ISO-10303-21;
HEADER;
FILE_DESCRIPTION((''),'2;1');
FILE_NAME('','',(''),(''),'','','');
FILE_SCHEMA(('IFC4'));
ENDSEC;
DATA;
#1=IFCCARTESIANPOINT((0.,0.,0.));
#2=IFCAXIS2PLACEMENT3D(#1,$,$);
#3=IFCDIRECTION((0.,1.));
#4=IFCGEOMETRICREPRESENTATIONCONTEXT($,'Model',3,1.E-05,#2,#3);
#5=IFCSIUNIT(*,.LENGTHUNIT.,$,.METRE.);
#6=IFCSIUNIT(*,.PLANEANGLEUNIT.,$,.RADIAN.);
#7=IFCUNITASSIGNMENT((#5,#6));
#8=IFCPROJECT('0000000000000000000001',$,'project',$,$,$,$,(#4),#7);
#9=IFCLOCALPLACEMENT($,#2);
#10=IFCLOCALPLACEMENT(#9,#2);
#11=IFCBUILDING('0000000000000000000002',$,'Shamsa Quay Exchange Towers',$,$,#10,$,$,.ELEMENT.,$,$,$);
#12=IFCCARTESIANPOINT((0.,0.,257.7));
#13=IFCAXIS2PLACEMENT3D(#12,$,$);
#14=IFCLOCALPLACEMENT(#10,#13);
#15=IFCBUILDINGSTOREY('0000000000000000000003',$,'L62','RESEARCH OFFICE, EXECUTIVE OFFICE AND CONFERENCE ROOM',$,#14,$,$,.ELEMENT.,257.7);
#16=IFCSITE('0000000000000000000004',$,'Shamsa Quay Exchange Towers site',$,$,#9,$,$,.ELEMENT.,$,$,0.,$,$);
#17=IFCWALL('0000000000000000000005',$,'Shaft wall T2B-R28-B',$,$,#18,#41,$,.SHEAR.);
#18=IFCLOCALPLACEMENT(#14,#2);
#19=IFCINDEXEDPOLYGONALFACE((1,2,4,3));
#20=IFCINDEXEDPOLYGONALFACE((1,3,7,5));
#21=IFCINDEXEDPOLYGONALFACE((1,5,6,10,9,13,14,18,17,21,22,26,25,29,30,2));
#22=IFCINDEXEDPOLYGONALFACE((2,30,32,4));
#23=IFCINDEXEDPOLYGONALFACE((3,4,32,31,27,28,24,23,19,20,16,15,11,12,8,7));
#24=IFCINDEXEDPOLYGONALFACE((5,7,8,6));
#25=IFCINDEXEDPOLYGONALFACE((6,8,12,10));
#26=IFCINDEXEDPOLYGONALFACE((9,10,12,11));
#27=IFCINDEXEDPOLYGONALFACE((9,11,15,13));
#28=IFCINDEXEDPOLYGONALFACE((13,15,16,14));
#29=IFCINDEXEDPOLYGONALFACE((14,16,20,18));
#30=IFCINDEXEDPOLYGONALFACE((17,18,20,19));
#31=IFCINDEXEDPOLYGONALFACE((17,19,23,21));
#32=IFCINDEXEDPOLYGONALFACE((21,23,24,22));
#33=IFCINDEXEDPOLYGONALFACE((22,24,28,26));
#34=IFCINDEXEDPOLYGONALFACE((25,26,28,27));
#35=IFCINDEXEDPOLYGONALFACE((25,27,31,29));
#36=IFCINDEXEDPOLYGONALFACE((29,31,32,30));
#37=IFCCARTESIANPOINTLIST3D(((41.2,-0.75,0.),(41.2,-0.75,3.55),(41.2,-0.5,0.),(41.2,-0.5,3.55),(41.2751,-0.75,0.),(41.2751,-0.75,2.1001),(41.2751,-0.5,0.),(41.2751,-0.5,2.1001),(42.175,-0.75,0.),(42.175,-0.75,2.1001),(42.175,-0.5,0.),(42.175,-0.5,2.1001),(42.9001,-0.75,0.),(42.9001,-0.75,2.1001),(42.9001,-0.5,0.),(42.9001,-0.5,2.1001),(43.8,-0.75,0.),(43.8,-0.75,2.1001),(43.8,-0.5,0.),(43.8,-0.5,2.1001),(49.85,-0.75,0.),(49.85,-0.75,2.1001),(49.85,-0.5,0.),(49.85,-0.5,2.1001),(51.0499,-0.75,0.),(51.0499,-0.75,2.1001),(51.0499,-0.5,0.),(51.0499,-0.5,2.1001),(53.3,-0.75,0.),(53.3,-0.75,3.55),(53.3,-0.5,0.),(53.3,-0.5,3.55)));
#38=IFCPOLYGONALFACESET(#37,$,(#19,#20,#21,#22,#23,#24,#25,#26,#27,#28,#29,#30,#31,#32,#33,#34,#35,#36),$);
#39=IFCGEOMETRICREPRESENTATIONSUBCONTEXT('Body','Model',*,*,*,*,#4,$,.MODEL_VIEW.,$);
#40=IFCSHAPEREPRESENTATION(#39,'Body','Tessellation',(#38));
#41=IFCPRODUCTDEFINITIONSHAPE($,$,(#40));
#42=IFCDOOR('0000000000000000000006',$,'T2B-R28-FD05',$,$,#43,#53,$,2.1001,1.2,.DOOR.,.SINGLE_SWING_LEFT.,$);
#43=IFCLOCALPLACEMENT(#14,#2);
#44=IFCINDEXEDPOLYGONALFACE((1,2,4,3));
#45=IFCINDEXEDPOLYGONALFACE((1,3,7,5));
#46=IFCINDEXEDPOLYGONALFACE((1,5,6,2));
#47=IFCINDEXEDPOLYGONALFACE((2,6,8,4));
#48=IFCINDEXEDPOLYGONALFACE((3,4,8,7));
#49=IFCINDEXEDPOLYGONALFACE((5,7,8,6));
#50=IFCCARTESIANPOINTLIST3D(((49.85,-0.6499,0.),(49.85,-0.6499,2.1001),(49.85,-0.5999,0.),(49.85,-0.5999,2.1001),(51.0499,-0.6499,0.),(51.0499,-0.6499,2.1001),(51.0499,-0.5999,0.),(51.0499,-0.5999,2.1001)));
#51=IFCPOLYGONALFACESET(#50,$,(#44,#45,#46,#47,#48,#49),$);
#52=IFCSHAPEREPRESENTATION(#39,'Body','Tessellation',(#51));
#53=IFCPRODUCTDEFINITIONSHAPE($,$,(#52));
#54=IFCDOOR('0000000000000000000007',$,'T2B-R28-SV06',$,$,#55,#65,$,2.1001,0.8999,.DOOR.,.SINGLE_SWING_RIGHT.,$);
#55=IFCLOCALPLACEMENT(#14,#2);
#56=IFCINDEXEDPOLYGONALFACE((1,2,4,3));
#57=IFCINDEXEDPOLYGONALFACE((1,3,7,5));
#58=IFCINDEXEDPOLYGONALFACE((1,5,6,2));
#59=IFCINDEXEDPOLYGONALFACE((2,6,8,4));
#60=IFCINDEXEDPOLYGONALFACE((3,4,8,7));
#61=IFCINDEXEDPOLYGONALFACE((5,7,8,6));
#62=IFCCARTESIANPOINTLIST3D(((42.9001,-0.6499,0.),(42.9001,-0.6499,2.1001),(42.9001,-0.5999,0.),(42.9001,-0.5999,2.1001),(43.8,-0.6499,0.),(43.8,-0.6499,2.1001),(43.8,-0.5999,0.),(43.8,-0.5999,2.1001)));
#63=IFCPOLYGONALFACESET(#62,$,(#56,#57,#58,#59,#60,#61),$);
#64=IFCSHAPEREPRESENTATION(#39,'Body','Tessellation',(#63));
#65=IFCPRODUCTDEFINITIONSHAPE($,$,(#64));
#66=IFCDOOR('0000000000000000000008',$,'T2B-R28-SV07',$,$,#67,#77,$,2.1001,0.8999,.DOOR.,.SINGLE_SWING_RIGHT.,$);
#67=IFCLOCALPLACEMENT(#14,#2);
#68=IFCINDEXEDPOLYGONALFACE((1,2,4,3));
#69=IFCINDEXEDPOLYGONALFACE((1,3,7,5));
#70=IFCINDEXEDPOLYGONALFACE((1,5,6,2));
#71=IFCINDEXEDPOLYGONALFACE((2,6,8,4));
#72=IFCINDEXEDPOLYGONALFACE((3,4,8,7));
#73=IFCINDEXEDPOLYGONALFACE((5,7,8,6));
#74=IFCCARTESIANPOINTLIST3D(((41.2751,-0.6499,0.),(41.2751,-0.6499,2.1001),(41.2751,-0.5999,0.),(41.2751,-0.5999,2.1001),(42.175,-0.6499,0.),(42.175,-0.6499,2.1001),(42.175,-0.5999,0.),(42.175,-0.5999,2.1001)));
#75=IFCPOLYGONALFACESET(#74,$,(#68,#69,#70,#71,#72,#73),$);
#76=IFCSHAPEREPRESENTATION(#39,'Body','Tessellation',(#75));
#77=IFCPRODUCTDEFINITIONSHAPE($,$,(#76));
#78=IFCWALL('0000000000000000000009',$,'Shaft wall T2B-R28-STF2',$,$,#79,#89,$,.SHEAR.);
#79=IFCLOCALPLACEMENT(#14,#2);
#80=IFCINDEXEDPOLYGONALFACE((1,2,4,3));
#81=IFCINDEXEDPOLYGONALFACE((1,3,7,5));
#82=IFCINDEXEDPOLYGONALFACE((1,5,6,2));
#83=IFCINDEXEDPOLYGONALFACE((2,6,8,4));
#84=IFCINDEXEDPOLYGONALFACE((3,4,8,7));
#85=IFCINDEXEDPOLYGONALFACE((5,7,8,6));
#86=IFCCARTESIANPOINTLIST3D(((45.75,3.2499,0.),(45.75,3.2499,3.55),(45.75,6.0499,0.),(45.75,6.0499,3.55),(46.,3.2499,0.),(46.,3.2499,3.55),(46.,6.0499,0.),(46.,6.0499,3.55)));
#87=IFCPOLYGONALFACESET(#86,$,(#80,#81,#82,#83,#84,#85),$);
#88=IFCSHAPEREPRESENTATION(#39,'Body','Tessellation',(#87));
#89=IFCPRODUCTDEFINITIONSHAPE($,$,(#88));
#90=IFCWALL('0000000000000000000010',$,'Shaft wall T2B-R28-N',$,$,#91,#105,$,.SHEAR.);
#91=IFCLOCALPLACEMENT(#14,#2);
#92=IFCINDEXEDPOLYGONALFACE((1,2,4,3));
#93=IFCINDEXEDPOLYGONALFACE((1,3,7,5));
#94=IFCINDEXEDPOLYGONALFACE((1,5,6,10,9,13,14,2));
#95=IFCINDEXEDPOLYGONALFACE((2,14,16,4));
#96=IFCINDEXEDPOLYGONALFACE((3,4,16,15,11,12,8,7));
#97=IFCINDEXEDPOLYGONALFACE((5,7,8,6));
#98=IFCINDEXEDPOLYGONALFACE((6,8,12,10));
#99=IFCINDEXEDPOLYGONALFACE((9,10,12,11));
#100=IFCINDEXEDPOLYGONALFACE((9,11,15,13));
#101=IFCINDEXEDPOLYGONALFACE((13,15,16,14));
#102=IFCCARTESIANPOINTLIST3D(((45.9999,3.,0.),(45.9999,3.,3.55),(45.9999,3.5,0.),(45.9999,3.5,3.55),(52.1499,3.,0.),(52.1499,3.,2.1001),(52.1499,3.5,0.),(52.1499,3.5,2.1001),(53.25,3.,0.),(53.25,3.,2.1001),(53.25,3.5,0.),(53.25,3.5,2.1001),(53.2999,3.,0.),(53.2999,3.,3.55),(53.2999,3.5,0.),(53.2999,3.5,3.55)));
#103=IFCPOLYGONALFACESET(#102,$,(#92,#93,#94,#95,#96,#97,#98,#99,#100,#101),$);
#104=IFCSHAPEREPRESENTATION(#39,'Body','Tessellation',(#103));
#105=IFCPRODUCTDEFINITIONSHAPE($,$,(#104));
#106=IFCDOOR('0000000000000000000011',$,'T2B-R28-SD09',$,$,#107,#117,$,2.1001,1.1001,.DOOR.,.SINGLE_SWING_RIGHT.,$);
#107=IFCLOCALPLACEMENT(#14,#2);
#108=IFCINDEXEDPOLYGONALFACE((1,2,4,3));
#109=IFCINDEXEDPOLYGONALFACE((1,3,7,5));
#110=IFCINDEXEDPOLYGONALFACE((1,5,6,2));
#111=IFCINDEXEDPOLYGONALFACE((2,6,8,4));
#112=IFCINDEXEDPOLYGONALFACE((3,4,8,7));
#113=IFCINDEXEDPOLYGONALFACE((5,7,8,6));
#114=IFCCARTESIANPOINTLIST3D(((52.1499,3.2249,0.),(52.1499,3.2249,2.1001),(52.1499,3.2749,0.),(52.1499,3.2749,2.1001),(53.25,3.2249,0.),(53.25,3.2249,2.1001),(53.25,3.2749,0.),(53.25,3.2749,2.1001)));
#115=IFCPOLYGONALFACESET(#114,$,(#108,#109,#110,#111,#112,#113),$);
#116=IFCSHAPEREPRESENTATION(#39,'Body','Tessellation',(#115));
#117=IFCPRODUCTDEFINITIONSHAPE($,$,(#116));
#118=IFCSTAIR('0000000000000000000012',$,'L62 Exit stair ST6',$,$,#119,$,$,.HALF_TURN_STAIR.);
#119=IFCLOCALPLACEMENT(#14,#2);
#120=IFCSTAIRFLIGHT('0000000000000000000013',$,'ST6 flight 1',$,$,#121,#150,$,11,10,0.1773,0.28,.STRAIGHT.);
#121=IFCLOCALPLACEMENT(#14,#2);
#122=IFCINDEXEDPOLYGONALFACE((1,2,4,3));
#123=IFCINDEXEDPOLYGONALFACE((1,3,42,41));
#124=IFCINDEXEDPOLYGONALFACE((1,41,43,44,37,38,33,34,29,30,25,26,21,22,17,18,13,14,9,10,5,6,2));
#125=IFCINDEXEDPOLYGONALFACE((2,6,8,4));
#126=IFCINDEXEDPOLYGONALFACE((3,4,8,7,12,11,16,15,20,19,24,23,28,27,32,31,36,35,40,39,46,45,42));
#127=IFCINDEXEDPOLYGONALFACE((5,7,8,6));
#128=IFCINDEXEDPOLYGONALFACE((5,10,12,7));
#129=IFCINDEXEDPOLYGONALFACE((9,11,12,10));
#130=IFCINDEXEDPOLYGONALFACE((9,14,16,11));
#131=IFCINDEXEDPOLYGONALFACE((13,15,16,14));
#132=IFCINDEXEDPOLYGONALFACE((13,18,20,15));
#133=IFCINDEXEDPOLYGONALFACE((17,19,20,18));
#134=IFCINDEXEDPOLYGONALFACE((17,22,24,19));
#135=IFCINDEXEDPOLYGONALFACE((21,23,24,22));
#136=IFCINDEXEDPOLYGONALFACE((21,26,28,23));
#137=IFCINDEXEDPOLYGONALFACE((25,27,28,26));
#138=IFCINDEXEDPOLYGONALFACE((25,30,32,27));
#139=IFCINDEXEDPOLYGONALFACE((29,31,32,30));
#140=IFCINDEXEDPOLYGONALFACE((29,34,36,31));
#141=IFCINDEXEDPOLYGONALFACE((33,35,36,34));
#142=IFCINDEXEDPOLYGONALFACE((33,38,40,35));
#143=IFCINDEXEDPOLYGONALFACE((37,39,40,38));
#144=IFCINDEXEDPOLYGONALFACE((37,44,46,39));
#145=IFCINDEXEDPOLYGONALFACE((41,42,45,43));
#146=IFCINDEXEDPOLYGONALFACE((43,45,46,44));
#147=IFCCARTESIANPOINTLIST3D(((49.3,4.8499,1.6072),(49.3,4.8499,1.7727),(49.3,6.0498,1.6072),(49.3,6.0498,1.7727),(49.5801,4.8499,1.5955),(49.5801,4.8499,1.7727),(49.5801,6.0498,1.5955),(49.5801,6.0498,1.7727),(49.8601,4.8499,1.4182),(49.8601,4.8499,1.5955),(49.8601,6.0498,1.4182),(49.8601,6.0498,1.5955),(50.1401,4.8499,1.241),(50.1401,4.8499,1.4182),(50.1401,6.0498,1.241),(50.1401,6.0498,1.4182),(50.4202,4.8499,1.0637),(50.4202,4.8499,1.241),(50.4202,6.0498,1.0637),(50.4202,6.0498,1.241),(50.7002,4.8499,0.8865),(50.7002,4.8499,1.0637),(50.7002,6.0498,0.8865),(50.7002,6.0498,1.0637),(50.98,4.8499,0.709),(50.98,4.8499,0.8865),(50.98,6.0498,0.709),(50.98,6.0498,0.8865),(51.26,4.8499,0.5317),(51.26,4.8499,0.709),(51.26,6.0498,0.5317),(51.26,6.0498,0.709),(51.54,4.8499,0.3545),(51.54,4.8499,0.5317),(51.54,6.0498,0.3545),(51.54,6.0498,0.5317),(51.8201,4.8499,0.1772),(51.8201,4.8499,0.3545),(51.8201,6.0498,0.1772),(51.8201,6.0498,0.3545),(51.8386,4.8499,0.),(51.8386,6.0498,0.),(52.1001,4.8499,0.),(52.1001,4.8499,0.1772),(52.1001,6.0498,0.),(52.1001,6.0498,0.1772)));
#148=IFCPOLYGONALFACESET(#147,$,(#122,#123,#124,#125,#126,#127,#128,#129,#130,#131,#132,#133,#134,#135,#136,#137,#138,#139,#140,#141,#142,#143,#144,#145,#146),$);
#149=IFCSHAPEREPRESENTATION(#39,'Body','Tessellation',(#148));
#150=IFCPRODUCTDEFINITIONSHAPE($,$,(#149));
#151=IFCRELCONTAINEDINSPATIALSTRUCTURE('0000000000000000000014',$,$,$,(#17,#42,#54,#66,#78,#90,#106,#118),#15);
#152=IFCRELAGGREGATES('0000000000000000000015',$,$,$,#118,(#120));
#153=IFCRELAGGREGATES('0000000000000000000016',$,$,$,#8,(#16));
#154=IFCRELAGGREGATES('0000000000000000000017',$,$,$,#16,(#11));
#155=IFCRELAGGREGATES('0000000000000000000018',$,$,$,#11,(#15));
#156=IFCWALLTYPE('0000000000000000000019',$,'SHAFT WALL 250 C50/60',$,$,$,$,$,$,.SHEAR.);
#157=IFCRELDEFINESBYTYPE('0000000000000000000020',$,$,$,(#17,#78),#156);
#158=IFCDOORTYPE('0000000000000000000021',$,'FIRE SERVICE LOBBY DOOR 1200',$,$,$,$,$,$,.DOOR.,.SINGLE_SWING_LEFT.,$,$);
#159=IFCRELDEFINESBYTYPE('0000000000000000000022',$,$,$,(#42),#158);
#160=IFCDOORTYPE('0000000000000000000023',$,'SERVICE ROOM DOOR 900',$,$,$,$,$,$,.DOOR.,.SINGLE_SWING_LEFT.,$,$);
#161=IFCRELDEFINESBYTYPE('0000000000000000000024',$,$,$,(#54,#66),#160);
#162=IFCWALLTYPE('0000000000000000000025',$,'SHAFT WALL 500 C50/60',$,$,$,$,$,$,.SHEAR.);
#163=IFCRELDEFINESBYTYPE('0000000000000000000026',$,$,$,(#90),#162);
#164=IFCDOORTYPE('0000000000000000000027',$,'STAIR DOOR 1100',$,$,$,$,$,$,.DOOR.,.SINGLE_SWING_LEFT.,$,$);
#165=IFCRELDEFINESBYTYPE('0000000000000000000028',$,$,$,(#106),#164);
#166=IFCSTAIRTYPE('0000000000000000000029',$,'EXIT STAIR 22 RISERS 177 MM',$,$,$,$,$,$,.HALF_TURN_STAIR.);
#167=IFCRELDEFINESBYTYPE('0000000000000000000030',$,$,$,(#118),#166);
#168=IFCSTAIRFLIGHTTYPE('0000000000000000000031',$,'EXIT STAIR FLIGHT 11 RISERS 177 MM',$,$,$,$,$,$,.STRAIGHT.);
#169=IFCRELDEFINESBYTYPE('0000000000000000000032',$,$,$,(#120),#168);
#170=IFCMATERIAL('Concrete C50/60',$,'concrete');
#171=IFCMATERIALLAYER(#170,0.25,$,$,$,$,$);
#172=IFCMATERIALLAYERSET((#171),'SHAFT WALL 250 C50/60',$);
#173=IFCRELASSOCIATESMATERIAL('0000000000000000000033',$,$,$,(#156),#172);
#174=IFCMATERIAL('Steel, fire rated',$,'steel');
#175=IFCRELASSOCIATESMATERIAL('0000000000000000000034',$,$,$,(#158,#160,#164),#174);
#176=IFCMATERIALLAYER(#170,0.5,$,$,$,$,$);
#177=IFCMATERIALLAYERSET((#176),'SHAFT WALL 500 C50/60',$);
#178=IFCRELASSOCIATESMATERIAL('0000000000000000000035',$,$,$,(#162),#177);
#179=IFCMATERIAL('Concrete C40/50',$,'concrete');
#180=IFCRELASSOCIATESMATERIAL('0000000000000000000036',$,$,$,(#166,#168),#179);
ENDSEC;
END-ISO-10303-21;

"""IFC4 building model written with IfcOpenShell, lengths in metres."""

from ifc_helpers import new_model, si_unit, direction, frame, frame_2d, origin, place, context, subcontext, project, spatial, polyline, rectangle, outline, extrude, material, layer, layer_set, type_object, element, fill, aggregate, save


model = new_model("IFC4")

# Units and contexts
model_context = context("Model", 3, precision=1e-05, world=origin(), true_north=direction((0.0, 1.0)))
body_context = subcontext(model_context, "Body", "Model", "MODEL_VIEW")
ifc_project = project(units=[si_unit("LENGTHUNIT", "METRE"), si_unit("PLANEANGLEUNIT", "RADIAN")], contexts=[model_context])

# Site, building, storey
site_placement = place(None, origin())
site = spatial("IfcSite", under=ifc_project, at=site_placement, Name="Shamsa Quay Exchange Towers site", CompositionType="ELEMENT", RefElevation=0.0)
building_placement = place(site_placement, origin())
building = spatial("IfcBuilding", under=site, at=building_placement, Name="Shamsa Quay Exchange Towers", CompositionType="ELEMENT")
storey_placement = place(building_placement, frame((0.0, 0.0, 257.7)))
storey = spatial("IfcBuildingStorey", under=building, at=storey_placement, Name="L62", Description="RESEARCH OFFICE, EXECUTIVE OFFICE AND CONFERENCE ROOM", CompositionType="ELEMENT", Elevation=257.7)

# Wall, openings, doors
ifc_material_1 = material(Name="Concrete C50/60", Category="concrete")
ifc_layer_1 = layer(ifc_material_1, 0.25)
ifc_layer_set_1 = layer_set([ifc_layer_1], Name="SHAFT WALL 250 C50/60")
wall_type_1 = type_object("IfcWallType", Name="SHAFT WALL 250 C50/60", PredefinedType="SHEAR", material=ifc_layer_set_1)
wall_1_placement = place(storey_placement, frame((53.3, -0.625, 0.0), z_axis=(0.0, 0.0, 1.0), x_axis=(-1.0, 0.0, 0.0)))
wall_1 = element("IfcWall", 1, at=wall_1_placement, inside=storey, type_object=wall_type_1, Name="Shaft wall T2B-R28-B", PredefinedType="SHEAR", context=body_context, shape_type="SweptSolid", body=[
    extrude(rectangle(XDim=12.1001, YDim=0.25, at=frame_2d((6.05, 0.0))), origin(), (0.0, 0.0, 1.0), 3.55),
])
opening_1_placement = place(wall_1_placement, frame((2.25, 0.0, 0.0)))
opening_1 = element("IfcOpeningElement", 2, at=opening_1_placement, cuts=wall_1, PredefinedType="OPENING", context=body_context, shape_type="SweptSolid", body=[
    extrude(rectangle(XDim=1.2, YDim=2.1001, at=frame_2d((0.6001, 1.05))), frame((0.0, 0.135, 0.0), z_axis=(0.0, -1.0, 0.0), x_axis=(1.0, 0.0, 0.0)), (0.0, 0.0, 1.0), 0.27),
])
opening_2_placement = place(wall_1_placement, frame((9.5, 0.0, 0.0)))
opening_2 = element("IfcOpeningElement", 3, at=opening_2_placement, cuts=wall_1, PredefinedType="OPENING", context=body_context, shape_type="SweptSolid", body=[
    extrude(rectangle(XDim=0.8999, YDim=2.1001, at=frame_2d((0.45, 1.05))), frame((0.0, 0.135, 0.0), z_axis=(0.0, -1.0, 0.0), x_axis=(1.0, 0.0, 0.0)), (0.0, 0.0, 1.0), 0.27),
])
opening_3_placement = place(wall_1_placement, frame((11.125, 0.0, 0.0)))
opening_3 = element("IfcOpeningElement", 4, at=opening_3_placement, cuts=wall_1, PredefinedType="OPENING", context=body_context, shape_type="SweptSolid", body=[
    extrude(rectangle(XDim=0.8999, YDim=2.1001, at=frame_2d((0.45, 1.05))), frame((0.0, 0.135, 0.0), z_axis=(0.0, -1.0, 0.0), x_axis=(1.0, 0.0, 0.0)), (0.0, 0.0, 1.0), 0.27),
])
ifc_material_2 = material(Name="Steel, fire rated", Category="steel")
door_type_1 = type_object("IfcDoorType", Name="FIRE SERVICE LOBBY DOOR 1200", OperationType="SINGLE_SWING_LEFT", PredefinedType="DOOR", material=ifc_material_2)
door_1_placement = place(opening_1_placement, origin())
door_1 = element("IfcDoor", 5, at=door_1_placement, inside=storey, type_object=door_type_1, Name="T2B-R28-FD05", OperationType="SINGLE_SWING_LEFT", OverallHeight=2.1001, OverallWidth=1.2, PredefinedType="DOOR", context=body_context, shape_type="SweptSolid", body=[
    extrude(rectangle(XDim=1.2, YDim=2.1001, at=frame_2d((0.6001, 1.05))), frame((0.0, 0.0249, 0.0), z_axis=(0.0, -1.0, 0.0), x_axis=(1.0, 0.0, 0.0)), (0.0, 0.0, 1.0), 0.05),
])
fill(opening_1, door_1)
door_type_2 = type_object("IfcDoorType", Name="SERVICE ROOM DOOR 900", OperationType="SINGLE_SWING_LEFT", PredefinedType="DOOR", material=ifc_material_2)
door_2_placement = place(opening_2_placement, origin())
door_2 = element("IfcDoor", 6, at=door_2_placement, inside=storey, type_object=door_type_2, Name="T2B-R28-SV06", OperationType="SINGLE_SWING_RIGHT", OverallHeight=2.1001, OverallWidth=0.8999, PredefinedType="DOOR", context=body_context, shape_type="SweptSolid", body=[
    extrude(rectangle(XDim=0.8999, YDim=2.1001, at=frame_2d((0.45, 1.05))), frame((0.0, 0.0249, 0.0), z_axis=(0.0, -1.0, 0.0), x_axis=(1.0, 0.0, 0.0)), (0.0, 0.0, 1.0), 0.05),
])
fill(opening_2, door_2)
door_3_placement = place(opening_3_placement, origin())
door_3 = element("IfcDoor", 7, at=door_3_placement, inside=storey, type_object=door_type_2, Name="T2B-R28-SV07", OperationType="SINGLE_SWING_RIGHT", OverallHeight=2.1001, OverallWidth=0.8999, PredefinedType="DOOR", context=body_context, shape_type="SweptSolid", body=[
    extrude(rectangle(XDim=0.8999, YDim=2.1001, at=frame_2d((0.45, 1.05))), frame((0.0, 0.0249, 0.0), z_axis=(0.0, -1.0, 0.0), x_axis=(1.0, 0.0, 0.0)), (0.0, 0.0, 1.0), 0.05),
])
fill(opening_3, door_3)

# Wall
wall_2_placement = place(storey_placement, frame((45.875, 3.25, 0.0), z_axis=(0.0, 0.0, 1.0), x_axis=(0.0, 1.0, 0.0)))
element("IfcWall", 8, at=wall_2_placement, inside=storey, type_object=wall_type_1, Name="Shaft wall T2B-R28-STF2", PredefinedType="SHEAR", context=body_context, shape_type="SweptSolid", body=[
    extrude(rectangle(XDim=2.8, YDim=0.25, at=frame_2d((1.3999, 0.0))), origin(), (0.0, 0.0, 1.0), 3.55),
])

# Wall, opening, door
ifc_layer_2 = layer(ifc_material_1, 0.5)
ifc_layer_set_2 = layer_set([ifc_layer_2], Name="SHAFT WALL 500 C50/60")
wall_type_2 = type_object("IfcWallType", Name="SHAFT WALL 500 C50/60", PredefinedType="SHEAR", material=ifc_layer_set_2)
wall_3_placement = place(storey_placement, frame((46.0, 3.25, 0.0)))
wall_3 = element("IfcWall", 9, at=wall_3_placement, inside=storey, type_object=wall_type_2, Name="Shaft wall T2B-R28-N", PredefinedType="SHEAR", context=body_context, shape_type="SweptSolid", body=[
    extrude(rectangle(XDim=7.3, YDim=0.5, at=frame_2d((3.6499, 0.0))), origin(), (0.0, 0.0, 1.0), 3.55),
])
opening_4_placement = place(wall_3_placement, frame((6.1499, 0.0, 0.0)))
opening_4 = element("IfcOpeningElement", 10, at=opening_4_placement, cuts=wall_3, PredefinedType="OPENING", context=body_context, shape_type="SweptSolid", body=[
    extrude(rectangle(XDim=1.1001, YDim=2.1001, at=frame_2d((0.55, 1.05))), frame((0.0, 0.26, 0.0), z_axis=(0.0, -1.0, 0.0), x_axis=(1.0, 0.0, 0.0)), (0.0, 0.0, 1.0), 0.52),
])
door_type_3 = type_object("IfcDoorType", Name="STAIR DOOR 1100", OperationType="SINGLE_SWING_LEFT", PredefinedType="DOOR", material=ifc_material_2)
door_4_placement = place(opening_4_placement, origin())
door_4 = element("IfcDoor", 11, at=door_4_placement, inside=storey, type_object=door_type_3, Name="T2B-R28-SD09", OperationType="SINGLE_SWING_RIGHT", OverallHeight=2.1001, OverallWidth=1.1001, PredefinedType="DOOR", context=body_context, shape_type="SweptSolid", body=[
    extrude(rectangle(XDim=1.1001, YDim=2.1001, at=frame_2d((0.55, 1.05))), frame((0.0, 0.0249, 0.0), z_axis=(0.0, -1.0, 0.0), x_axis=(1.0, 0.0, 0.0)), (0.0, 0.0, 1.0), 0.05),
])
fill(opening_4, door_4)

# Stair, stair flight
ifc_material_3 = material(Name="Concrete C40/50", Category="concrete")
stair_type = type_object("IfcStairType", Name="EXIT STAIR 22 RISERS 177 MM", PredefinedType="HALF_TURN_STAIR", material=ifc_material_3)
stair_placement = place(storey_placement, origin())
stair = element("IfcStair", 12, at=stair_placement, inside=storey, type_object=stair_type, Name="L62 Exit stair ST6", PredefinedType="HALF_TURN_STAIR")
stair_flight_type = type_object("IfcStairFlightType", Name="EXIT STAIR FLIGHT 11 RISERS 177 MM", PredefinedType="STRAIGHT", material=ifc_material_3)
stair_flight_1_placement = place(storey_placement, frame((52.1001, 5.45, 0.0), z_axis=(0.0, 0.0, 1.0), x_axis=(-1.0, 0.0, 0.0)))
stair_flight_1 = element("IfcStairFlight", 13, at=stair_flight_1_placement, type_object=stair_flight_type, Name="ST6 flight 1", NumberOfRisers=11, NumberOfTreads=10, PredefinedType="STRAIGHT", RiserHeight=0.1773, TreadLength=0.28, context=body_context, shape_type="SweptSolid", body=[
    extrude(outline(polyline([(0.0, 0.0), (0.0, 0.1772), (0.28, 0.1772), (0.28, 0.3545), (0.5601, 0.3545), (0.5601, 0.5317), (0.8401, 0.5317), (0.8401, 0.709), (1.1201, 0.709), (1.1201, 0.8865), (1.3999, 0.8865), (1.3999, 1.0637), (1.6799, 1.0637), (1.6799, 1.241), (1.96, 1.241), (1.96, 1.4182), (2.24, 1.4182), (2.24, 1.5955), (2.52, 1.5955), (2.52, 1.7727), (2.8, 1.7727), (2.8, 1.95), (2.8, 1.6072), (0.2615, 0.0), (0.0, 0.0)])), frame((0.0, 0.6001, 0.0), z_axis=(0.0, -1.0, 0.0), x_axis=(1.0, 0.0, 0.0)), (0.0, 0.0, 1.0), 1.2),
])
aggregate(stair, [stair_flight_1])

save(model, "model.ifc")
